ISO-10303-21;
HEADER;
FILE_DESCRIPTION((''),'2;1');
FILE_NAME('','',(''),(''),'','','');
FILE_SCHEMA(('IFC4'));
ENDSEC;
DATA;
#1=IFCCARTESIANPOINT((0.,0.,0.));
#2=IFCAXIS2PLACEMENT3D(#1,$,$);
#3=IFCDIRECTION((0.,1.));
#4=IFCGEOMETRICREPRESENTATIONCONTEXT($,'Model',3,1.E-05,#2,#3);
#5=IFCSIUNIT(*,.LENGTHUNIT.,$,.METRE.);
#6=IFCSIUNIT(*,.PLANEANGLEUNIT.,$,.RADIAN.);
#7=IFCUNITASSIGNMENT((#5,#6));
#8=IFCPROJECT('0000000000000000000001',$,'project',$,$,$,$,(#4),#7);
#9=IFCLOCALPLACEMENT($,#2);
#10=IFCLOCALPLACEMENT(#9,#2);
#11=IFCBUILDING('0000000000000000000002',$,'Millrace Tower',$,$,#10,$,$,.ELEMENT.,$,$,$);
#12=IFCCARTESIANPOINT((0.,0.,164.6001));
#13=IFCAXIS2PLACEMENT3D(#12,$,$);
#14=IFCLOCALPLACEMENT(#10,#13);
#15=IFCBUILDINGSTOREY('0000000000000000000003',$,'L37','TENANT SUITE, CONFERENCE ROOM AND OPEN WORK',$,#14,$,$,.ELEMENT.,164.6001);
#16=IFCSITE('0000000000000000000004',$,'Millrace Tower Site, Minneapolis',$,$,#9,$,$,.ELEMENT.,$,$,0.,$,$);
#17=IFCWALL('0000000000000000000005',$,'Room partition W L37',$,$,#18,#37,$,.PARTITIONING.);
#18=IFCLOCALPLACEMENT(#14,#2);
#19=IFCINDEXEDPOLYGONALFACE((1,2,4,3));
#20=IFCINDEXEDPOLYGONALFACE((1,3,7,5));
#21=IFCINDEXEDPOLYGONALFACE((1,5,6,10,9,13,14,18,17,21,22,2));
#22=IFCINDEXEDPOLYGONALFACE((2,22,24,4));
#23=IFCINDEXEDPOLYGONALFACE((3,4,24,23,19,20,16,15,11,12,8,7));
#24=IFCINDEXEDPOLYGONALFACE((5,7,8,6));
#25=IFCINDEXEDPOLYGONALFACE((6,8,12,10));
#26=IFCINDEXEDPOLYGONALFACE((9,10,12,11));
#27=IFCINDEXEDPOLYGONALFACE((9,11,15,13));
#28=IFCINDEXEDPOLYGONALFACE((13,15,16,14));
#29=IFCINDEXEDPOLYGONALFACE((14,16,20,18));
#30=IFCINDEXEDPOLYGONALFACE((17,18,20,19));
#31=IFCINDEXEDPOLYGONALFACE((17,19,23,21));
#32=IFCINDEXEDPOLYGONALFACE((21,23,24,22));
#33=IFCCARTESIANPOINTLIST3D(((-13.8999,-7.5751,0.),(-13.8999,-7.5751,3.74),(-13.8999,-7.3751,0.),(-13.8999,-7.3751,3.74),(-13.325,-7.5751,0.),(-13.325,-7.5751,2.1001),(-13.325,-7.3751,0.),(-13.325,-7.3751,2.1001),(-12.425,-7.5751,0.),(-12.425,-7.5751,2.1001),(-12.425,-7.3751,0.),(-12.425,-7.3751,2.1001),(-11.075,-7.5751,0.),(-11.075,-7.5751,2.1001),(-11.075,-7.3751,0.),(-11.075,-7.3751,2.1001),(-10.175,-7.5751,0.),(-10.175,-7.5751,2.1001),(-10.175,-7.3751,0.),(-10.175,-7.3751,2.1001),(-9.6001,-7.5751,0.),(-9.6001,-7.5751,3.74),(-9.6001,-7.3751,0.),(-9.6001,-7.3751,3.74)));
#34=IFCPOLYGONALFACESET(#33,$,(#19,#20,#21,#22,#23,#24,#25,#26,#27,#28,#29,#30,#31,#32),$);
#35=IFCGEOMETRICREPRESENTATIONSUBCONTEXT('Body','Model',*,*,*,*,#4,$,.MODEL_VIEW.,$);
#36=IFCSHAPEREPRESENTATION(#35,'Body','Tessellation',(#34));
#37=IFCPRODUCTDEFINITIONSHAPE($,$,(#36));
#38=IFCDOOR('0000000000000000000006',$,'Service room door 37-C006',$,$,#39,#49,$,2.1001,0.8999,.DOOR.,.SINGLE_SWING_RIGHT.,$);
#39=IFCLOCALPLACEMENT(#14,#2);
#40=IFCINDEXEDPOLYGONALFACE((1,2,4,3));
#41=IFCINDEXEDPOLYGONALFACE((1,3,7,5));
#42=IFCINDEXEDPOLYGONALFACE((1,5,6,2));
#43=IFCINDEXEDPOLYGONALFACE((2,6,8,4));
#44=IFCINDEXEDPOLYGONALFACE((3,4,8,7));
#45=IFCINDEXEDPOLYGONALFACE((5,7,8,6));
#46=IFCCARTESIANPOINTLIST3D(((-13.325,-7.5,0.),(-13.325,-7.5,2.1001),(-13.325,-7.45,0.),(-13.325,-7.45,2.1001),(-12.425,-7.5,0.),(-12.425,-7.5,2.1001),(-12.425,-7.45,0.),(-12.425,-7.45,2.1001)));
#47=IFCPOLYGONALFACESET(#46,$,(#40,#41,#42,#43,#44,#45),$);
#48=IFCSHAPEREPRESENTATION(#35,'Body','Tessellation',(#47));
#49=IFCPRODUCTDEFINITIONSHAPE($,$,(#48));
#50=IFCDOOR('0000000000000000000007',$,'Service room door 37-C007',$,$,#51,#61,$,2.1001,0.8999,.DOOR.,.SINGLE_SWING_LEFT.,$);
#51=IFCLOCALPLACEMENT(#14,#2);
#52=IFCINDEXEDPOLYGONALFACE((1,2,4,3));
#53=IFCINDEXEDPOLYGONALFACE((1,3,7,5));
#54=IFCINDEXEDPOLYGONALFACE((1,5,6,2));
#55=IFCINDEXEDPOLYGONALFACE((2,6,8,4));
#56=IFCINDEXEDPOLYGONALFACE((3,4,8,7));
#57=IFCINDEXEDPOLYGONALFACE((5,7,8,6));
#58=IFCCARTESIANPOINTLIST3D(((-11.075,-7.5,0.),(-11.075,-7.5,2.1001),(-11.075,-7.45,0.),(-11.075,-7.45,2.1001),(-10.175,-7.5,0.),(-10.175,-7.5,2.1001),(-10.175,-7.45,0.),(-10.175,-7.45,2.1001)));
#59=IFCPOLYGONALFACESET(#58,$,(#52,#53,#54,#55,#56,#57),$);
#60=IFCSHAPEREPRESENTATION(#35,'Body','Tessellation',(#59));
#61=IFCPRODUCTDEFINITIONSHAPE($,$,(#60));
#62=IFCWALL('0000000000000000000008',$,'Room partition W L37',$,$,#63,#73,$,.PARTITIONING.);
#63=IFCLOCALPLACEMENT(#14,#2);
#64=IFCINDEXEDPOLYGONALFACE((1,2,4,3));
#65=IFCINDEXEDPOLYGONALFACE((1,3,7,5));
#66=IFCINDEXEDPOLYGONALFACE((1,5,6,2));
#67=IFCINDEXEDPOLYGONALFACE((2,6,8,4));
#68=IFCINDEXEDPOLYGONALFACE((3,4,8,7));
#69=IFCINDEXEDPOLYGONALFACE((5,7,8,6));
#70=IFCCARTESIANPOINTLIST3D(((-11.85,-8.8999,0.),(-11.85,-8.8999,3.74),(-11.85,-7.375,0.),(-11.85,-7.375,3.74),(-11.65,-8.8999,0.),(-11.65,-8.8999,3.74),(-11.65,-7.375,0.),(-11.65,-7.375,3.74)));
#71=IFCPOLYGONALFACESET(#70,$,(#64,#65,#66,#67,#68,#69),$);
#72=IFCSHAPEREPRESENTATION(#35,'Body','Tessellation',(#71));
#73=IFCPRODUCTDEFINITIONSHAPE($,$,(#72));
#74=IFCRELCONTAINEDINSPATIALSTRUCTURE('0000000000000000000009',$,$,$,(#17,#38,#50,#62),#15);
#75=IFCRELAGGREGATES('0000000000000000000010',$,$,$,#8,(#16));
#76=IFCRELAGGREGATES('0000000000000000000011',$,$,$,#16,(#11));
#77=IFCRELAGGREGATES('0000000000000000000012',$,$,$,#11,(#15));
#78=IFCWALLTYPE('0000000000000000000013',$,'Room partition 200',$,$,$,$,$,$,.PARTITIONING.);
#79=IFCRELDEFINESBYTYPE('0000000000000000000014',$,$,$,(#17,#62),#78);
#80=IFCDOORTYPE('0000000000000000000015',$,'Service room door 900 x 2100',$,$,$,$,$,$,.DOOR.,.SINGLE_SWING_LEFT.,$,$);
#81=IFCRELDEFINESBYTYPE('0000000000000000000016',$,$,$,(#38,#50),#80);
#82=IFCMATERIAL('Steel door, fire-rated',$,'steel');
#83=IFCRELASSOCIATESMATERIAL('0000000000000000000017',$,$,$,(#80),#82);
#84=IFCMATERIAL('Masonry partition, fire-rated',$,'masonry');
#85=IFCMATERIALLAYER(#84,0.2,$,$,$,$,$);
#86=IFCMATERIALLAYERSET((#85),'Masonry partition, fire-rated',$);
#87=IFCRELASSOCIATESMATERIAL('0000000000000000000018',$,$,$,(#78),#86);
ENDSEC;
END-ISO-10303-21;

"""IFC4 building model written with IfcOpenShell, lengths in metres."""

from ifc_helpers import new_model, si_unit, direction, frame, frame_2d, origin, place, context, subcontext, project, spatial, rectangle, extrude, material, layer, layer_set, type_object, element, fill, save


model = new_model("IFC4")

# Units and contexts
model_context = context("Model", 3, precision=1e-05, world=origin(), true_north=direction((0.0, 1.0)))
body_context = subcontext(model_context, "Body", "Model", "MODEL_VIEW")
ifc_project = project(units=[si_unit("LENGTHUNIT", "METRE"), si_unit("PLANEANGLEUNIT", "RADIAN")], contexts=[model_context])

# Site, building, storey
site_placement = place(None, origin())
site = spatial("IfcSite", under=ifc_project, at=site_placement, Name="Millrace Tower Site, Minneapolis", CompositionType="ELEMENT", RefElevation=0.0)
building_placement = place(site_placement, origin())
building = spatial("IfcBuilding", under=site, at=building_placement, Name="Millrace Tower", CompositionType="ELEMENT")
storey_placement = place(building_placement, frame((0.0, 0.0, 164.6001)))
storey = spatial("IfcBuildingStorey", under=building, at=storey_placement, Name="L37", Description="TENANT SUITE, CONFERENCE ROOM AND OPEN WORK", CompositionType="ELEMENT", Elevation=164.6001)

# Shared definitions
ifc_material_1 = material(Name="Steel door, fire-rated", Category="steel")
door_type_1 = type_object("IfcDoorType", Name="Service room door 900 x 2100", OperationType="SINGLE_SWING_LEFT", PredefinedType="DOOR", material=ifc_material_1)

# Wall, openings, doors
ifc_material_2 = material(Name="Masonry partition, fire-rated", Category="masonry")
ifc_layer_1 = layer(ifc_material_2, 0.2)
ifc_layer_set_1 = layer_set([ifc_layer_1], Name="Masonry partition, fire-rated")
wall_type_1 = type_object("IfcWallType", Name="Room partition 200", PredefinedType="PARTITIONING", material=ifc_layer_set_1)
wall_1_placement = place(storey_placement, frame((-13.8999, -7.4751, 0.0), z_axis=(0.0, 0.0, 1.0), x_axis=(1.0, 0.0, 0.0)))
wall_1 = element("IfcWall", 1, at=wall_1_placement, inside=storey, type_object=wall_type_1, Name="Room partition W L37", PredefinedType="PARTITIONING", context=body_context, shape_type="SweptSolid", body=[
    extrude(rectangle(XDim=4.2998, YDim=0.2, at=frame_2d((2.1499, 0.0))), origin(), (0.0, 0.0, 1.0), 3.74),
])
opening_1_placement = place(wall_1_placement, frame((0.575, 0.0, 0.0)))
opening_1 = element("IfcOpeningElement", 2, at=opening_1_placement, cuts=wall_1, PredefinedType="OPENING", context=body_context, shape_type="SweptSolid", body=[
    extrude(rectangle(XDim=0.8999, YDim=2.1001, at=frame_2d((0.45, 1.05))), frame((0.0, 0.1099, 0.0), z_axis=(0.0, -1.0, 0.0), x_axis=(1.0, 0.0, 0.0)), (0.0, 0.0, 1.0), 0.22),
])
opening_2_placement = place(wall_1_placement, frame((2.825, 0.0, 0.0)))
opening_2 = element("IfcOpeningElement", 3, at=opening_2_placement, cuts=wall_1, PredefinedType="OPENING", context=body_context, shape_type="SweptSolid", body=[
    extrude(rectangle(XDim=0.8999, YDim=2.1001, at=frame_2d((0.45, 1.05))), frame((0.0, 0.1099, 0.0), z_axis=(0.0, -1.0, 0.0), x_axis=(1.0, 0.0, 0.0)), (0.0, 0.0, 1.0), 0.22),
])
door_1_placement = place(opening_1_placement, frame((0.8999, 0.0, 0.0), z_axis=(0.0, 0.0, 1.0), x_axis=(-1.0, 0.0, 0.0)))
door_1 = element("IfcDoor", 4, at=door_1_placement, inside=storey, type_object=door_type_1, Name="Service room door 37-C006", OperationType="SINGLE_SWING_RIGHT", OverallHeight=2.1001, OverallWidth=0.8999, PredefinedType="DOOR", context=body_context, shape_type="SweptSolid", body=[
    extrude(rectangle(XDim=0.8999, YDim=2.1001, at=frame_2d((0.45, 1.05))), frame((0.0, 0.0249, 0.0), z_axis=(0.0, -1.0, 0.0), x_axis=(1.0, 0.0, 0.0)), (0.0, 0.0, 1.0), 0.05),
])
fill(opening_1, door_1)
door_2_placement = place(opening_2_placement, frame((0.8999, 0.0, 0.0), z_axis=(0.0, 0.0, 1.0), x_axis=(-1.0, 0.0, 0.0)))
door_2 = element("IfcDoor", 5, at=door_2_placement, inside=storey, type_object=door_type_1, Name="Service room door 37-C007", OperationType="SINGLE_SWING_LEFT", OverallHeight=2.1001, OverallWidth=0.8999, PredefinedType="DOOR", context=body_context, shape_type="SweptSolid", body=[
    extrude(rectangle(XDim=0.8999, YDim=2.1001, at=frame_2d((0.45, 1.05))), frame((0.0, 0.0249, 0.0), z_axis=(0.0, -1.0, 0.0), x_axis=(1.0, 0.0, 0.0)), (0.0, 0.0, 1.0), 0.05),
])
fill(opening_2, door_2)

# Wall
wall_2_placement = place(storey_placement, frame((-11.75, -8.8999, 0.0), z_axis=(0.0, 0.0, 1.0), x_axis=(0.0, 1.0, 0.0)))
element("IfcWall", 6, at=wall_2_placement, inside=storey, type_object=wall_type_1, Name="Room partition W L37", PredefinedType="PARTITIONING", context=body_context, shape_type="SweptSolid", body=[
    extrude(rectangle(XDim=1.5249, YDim=0.2, at=frame_2d((0.7625, 0.0))), origin(), (0.0, 0.0, 1.0), 3.74),
])

save(model, "model.ifc")
